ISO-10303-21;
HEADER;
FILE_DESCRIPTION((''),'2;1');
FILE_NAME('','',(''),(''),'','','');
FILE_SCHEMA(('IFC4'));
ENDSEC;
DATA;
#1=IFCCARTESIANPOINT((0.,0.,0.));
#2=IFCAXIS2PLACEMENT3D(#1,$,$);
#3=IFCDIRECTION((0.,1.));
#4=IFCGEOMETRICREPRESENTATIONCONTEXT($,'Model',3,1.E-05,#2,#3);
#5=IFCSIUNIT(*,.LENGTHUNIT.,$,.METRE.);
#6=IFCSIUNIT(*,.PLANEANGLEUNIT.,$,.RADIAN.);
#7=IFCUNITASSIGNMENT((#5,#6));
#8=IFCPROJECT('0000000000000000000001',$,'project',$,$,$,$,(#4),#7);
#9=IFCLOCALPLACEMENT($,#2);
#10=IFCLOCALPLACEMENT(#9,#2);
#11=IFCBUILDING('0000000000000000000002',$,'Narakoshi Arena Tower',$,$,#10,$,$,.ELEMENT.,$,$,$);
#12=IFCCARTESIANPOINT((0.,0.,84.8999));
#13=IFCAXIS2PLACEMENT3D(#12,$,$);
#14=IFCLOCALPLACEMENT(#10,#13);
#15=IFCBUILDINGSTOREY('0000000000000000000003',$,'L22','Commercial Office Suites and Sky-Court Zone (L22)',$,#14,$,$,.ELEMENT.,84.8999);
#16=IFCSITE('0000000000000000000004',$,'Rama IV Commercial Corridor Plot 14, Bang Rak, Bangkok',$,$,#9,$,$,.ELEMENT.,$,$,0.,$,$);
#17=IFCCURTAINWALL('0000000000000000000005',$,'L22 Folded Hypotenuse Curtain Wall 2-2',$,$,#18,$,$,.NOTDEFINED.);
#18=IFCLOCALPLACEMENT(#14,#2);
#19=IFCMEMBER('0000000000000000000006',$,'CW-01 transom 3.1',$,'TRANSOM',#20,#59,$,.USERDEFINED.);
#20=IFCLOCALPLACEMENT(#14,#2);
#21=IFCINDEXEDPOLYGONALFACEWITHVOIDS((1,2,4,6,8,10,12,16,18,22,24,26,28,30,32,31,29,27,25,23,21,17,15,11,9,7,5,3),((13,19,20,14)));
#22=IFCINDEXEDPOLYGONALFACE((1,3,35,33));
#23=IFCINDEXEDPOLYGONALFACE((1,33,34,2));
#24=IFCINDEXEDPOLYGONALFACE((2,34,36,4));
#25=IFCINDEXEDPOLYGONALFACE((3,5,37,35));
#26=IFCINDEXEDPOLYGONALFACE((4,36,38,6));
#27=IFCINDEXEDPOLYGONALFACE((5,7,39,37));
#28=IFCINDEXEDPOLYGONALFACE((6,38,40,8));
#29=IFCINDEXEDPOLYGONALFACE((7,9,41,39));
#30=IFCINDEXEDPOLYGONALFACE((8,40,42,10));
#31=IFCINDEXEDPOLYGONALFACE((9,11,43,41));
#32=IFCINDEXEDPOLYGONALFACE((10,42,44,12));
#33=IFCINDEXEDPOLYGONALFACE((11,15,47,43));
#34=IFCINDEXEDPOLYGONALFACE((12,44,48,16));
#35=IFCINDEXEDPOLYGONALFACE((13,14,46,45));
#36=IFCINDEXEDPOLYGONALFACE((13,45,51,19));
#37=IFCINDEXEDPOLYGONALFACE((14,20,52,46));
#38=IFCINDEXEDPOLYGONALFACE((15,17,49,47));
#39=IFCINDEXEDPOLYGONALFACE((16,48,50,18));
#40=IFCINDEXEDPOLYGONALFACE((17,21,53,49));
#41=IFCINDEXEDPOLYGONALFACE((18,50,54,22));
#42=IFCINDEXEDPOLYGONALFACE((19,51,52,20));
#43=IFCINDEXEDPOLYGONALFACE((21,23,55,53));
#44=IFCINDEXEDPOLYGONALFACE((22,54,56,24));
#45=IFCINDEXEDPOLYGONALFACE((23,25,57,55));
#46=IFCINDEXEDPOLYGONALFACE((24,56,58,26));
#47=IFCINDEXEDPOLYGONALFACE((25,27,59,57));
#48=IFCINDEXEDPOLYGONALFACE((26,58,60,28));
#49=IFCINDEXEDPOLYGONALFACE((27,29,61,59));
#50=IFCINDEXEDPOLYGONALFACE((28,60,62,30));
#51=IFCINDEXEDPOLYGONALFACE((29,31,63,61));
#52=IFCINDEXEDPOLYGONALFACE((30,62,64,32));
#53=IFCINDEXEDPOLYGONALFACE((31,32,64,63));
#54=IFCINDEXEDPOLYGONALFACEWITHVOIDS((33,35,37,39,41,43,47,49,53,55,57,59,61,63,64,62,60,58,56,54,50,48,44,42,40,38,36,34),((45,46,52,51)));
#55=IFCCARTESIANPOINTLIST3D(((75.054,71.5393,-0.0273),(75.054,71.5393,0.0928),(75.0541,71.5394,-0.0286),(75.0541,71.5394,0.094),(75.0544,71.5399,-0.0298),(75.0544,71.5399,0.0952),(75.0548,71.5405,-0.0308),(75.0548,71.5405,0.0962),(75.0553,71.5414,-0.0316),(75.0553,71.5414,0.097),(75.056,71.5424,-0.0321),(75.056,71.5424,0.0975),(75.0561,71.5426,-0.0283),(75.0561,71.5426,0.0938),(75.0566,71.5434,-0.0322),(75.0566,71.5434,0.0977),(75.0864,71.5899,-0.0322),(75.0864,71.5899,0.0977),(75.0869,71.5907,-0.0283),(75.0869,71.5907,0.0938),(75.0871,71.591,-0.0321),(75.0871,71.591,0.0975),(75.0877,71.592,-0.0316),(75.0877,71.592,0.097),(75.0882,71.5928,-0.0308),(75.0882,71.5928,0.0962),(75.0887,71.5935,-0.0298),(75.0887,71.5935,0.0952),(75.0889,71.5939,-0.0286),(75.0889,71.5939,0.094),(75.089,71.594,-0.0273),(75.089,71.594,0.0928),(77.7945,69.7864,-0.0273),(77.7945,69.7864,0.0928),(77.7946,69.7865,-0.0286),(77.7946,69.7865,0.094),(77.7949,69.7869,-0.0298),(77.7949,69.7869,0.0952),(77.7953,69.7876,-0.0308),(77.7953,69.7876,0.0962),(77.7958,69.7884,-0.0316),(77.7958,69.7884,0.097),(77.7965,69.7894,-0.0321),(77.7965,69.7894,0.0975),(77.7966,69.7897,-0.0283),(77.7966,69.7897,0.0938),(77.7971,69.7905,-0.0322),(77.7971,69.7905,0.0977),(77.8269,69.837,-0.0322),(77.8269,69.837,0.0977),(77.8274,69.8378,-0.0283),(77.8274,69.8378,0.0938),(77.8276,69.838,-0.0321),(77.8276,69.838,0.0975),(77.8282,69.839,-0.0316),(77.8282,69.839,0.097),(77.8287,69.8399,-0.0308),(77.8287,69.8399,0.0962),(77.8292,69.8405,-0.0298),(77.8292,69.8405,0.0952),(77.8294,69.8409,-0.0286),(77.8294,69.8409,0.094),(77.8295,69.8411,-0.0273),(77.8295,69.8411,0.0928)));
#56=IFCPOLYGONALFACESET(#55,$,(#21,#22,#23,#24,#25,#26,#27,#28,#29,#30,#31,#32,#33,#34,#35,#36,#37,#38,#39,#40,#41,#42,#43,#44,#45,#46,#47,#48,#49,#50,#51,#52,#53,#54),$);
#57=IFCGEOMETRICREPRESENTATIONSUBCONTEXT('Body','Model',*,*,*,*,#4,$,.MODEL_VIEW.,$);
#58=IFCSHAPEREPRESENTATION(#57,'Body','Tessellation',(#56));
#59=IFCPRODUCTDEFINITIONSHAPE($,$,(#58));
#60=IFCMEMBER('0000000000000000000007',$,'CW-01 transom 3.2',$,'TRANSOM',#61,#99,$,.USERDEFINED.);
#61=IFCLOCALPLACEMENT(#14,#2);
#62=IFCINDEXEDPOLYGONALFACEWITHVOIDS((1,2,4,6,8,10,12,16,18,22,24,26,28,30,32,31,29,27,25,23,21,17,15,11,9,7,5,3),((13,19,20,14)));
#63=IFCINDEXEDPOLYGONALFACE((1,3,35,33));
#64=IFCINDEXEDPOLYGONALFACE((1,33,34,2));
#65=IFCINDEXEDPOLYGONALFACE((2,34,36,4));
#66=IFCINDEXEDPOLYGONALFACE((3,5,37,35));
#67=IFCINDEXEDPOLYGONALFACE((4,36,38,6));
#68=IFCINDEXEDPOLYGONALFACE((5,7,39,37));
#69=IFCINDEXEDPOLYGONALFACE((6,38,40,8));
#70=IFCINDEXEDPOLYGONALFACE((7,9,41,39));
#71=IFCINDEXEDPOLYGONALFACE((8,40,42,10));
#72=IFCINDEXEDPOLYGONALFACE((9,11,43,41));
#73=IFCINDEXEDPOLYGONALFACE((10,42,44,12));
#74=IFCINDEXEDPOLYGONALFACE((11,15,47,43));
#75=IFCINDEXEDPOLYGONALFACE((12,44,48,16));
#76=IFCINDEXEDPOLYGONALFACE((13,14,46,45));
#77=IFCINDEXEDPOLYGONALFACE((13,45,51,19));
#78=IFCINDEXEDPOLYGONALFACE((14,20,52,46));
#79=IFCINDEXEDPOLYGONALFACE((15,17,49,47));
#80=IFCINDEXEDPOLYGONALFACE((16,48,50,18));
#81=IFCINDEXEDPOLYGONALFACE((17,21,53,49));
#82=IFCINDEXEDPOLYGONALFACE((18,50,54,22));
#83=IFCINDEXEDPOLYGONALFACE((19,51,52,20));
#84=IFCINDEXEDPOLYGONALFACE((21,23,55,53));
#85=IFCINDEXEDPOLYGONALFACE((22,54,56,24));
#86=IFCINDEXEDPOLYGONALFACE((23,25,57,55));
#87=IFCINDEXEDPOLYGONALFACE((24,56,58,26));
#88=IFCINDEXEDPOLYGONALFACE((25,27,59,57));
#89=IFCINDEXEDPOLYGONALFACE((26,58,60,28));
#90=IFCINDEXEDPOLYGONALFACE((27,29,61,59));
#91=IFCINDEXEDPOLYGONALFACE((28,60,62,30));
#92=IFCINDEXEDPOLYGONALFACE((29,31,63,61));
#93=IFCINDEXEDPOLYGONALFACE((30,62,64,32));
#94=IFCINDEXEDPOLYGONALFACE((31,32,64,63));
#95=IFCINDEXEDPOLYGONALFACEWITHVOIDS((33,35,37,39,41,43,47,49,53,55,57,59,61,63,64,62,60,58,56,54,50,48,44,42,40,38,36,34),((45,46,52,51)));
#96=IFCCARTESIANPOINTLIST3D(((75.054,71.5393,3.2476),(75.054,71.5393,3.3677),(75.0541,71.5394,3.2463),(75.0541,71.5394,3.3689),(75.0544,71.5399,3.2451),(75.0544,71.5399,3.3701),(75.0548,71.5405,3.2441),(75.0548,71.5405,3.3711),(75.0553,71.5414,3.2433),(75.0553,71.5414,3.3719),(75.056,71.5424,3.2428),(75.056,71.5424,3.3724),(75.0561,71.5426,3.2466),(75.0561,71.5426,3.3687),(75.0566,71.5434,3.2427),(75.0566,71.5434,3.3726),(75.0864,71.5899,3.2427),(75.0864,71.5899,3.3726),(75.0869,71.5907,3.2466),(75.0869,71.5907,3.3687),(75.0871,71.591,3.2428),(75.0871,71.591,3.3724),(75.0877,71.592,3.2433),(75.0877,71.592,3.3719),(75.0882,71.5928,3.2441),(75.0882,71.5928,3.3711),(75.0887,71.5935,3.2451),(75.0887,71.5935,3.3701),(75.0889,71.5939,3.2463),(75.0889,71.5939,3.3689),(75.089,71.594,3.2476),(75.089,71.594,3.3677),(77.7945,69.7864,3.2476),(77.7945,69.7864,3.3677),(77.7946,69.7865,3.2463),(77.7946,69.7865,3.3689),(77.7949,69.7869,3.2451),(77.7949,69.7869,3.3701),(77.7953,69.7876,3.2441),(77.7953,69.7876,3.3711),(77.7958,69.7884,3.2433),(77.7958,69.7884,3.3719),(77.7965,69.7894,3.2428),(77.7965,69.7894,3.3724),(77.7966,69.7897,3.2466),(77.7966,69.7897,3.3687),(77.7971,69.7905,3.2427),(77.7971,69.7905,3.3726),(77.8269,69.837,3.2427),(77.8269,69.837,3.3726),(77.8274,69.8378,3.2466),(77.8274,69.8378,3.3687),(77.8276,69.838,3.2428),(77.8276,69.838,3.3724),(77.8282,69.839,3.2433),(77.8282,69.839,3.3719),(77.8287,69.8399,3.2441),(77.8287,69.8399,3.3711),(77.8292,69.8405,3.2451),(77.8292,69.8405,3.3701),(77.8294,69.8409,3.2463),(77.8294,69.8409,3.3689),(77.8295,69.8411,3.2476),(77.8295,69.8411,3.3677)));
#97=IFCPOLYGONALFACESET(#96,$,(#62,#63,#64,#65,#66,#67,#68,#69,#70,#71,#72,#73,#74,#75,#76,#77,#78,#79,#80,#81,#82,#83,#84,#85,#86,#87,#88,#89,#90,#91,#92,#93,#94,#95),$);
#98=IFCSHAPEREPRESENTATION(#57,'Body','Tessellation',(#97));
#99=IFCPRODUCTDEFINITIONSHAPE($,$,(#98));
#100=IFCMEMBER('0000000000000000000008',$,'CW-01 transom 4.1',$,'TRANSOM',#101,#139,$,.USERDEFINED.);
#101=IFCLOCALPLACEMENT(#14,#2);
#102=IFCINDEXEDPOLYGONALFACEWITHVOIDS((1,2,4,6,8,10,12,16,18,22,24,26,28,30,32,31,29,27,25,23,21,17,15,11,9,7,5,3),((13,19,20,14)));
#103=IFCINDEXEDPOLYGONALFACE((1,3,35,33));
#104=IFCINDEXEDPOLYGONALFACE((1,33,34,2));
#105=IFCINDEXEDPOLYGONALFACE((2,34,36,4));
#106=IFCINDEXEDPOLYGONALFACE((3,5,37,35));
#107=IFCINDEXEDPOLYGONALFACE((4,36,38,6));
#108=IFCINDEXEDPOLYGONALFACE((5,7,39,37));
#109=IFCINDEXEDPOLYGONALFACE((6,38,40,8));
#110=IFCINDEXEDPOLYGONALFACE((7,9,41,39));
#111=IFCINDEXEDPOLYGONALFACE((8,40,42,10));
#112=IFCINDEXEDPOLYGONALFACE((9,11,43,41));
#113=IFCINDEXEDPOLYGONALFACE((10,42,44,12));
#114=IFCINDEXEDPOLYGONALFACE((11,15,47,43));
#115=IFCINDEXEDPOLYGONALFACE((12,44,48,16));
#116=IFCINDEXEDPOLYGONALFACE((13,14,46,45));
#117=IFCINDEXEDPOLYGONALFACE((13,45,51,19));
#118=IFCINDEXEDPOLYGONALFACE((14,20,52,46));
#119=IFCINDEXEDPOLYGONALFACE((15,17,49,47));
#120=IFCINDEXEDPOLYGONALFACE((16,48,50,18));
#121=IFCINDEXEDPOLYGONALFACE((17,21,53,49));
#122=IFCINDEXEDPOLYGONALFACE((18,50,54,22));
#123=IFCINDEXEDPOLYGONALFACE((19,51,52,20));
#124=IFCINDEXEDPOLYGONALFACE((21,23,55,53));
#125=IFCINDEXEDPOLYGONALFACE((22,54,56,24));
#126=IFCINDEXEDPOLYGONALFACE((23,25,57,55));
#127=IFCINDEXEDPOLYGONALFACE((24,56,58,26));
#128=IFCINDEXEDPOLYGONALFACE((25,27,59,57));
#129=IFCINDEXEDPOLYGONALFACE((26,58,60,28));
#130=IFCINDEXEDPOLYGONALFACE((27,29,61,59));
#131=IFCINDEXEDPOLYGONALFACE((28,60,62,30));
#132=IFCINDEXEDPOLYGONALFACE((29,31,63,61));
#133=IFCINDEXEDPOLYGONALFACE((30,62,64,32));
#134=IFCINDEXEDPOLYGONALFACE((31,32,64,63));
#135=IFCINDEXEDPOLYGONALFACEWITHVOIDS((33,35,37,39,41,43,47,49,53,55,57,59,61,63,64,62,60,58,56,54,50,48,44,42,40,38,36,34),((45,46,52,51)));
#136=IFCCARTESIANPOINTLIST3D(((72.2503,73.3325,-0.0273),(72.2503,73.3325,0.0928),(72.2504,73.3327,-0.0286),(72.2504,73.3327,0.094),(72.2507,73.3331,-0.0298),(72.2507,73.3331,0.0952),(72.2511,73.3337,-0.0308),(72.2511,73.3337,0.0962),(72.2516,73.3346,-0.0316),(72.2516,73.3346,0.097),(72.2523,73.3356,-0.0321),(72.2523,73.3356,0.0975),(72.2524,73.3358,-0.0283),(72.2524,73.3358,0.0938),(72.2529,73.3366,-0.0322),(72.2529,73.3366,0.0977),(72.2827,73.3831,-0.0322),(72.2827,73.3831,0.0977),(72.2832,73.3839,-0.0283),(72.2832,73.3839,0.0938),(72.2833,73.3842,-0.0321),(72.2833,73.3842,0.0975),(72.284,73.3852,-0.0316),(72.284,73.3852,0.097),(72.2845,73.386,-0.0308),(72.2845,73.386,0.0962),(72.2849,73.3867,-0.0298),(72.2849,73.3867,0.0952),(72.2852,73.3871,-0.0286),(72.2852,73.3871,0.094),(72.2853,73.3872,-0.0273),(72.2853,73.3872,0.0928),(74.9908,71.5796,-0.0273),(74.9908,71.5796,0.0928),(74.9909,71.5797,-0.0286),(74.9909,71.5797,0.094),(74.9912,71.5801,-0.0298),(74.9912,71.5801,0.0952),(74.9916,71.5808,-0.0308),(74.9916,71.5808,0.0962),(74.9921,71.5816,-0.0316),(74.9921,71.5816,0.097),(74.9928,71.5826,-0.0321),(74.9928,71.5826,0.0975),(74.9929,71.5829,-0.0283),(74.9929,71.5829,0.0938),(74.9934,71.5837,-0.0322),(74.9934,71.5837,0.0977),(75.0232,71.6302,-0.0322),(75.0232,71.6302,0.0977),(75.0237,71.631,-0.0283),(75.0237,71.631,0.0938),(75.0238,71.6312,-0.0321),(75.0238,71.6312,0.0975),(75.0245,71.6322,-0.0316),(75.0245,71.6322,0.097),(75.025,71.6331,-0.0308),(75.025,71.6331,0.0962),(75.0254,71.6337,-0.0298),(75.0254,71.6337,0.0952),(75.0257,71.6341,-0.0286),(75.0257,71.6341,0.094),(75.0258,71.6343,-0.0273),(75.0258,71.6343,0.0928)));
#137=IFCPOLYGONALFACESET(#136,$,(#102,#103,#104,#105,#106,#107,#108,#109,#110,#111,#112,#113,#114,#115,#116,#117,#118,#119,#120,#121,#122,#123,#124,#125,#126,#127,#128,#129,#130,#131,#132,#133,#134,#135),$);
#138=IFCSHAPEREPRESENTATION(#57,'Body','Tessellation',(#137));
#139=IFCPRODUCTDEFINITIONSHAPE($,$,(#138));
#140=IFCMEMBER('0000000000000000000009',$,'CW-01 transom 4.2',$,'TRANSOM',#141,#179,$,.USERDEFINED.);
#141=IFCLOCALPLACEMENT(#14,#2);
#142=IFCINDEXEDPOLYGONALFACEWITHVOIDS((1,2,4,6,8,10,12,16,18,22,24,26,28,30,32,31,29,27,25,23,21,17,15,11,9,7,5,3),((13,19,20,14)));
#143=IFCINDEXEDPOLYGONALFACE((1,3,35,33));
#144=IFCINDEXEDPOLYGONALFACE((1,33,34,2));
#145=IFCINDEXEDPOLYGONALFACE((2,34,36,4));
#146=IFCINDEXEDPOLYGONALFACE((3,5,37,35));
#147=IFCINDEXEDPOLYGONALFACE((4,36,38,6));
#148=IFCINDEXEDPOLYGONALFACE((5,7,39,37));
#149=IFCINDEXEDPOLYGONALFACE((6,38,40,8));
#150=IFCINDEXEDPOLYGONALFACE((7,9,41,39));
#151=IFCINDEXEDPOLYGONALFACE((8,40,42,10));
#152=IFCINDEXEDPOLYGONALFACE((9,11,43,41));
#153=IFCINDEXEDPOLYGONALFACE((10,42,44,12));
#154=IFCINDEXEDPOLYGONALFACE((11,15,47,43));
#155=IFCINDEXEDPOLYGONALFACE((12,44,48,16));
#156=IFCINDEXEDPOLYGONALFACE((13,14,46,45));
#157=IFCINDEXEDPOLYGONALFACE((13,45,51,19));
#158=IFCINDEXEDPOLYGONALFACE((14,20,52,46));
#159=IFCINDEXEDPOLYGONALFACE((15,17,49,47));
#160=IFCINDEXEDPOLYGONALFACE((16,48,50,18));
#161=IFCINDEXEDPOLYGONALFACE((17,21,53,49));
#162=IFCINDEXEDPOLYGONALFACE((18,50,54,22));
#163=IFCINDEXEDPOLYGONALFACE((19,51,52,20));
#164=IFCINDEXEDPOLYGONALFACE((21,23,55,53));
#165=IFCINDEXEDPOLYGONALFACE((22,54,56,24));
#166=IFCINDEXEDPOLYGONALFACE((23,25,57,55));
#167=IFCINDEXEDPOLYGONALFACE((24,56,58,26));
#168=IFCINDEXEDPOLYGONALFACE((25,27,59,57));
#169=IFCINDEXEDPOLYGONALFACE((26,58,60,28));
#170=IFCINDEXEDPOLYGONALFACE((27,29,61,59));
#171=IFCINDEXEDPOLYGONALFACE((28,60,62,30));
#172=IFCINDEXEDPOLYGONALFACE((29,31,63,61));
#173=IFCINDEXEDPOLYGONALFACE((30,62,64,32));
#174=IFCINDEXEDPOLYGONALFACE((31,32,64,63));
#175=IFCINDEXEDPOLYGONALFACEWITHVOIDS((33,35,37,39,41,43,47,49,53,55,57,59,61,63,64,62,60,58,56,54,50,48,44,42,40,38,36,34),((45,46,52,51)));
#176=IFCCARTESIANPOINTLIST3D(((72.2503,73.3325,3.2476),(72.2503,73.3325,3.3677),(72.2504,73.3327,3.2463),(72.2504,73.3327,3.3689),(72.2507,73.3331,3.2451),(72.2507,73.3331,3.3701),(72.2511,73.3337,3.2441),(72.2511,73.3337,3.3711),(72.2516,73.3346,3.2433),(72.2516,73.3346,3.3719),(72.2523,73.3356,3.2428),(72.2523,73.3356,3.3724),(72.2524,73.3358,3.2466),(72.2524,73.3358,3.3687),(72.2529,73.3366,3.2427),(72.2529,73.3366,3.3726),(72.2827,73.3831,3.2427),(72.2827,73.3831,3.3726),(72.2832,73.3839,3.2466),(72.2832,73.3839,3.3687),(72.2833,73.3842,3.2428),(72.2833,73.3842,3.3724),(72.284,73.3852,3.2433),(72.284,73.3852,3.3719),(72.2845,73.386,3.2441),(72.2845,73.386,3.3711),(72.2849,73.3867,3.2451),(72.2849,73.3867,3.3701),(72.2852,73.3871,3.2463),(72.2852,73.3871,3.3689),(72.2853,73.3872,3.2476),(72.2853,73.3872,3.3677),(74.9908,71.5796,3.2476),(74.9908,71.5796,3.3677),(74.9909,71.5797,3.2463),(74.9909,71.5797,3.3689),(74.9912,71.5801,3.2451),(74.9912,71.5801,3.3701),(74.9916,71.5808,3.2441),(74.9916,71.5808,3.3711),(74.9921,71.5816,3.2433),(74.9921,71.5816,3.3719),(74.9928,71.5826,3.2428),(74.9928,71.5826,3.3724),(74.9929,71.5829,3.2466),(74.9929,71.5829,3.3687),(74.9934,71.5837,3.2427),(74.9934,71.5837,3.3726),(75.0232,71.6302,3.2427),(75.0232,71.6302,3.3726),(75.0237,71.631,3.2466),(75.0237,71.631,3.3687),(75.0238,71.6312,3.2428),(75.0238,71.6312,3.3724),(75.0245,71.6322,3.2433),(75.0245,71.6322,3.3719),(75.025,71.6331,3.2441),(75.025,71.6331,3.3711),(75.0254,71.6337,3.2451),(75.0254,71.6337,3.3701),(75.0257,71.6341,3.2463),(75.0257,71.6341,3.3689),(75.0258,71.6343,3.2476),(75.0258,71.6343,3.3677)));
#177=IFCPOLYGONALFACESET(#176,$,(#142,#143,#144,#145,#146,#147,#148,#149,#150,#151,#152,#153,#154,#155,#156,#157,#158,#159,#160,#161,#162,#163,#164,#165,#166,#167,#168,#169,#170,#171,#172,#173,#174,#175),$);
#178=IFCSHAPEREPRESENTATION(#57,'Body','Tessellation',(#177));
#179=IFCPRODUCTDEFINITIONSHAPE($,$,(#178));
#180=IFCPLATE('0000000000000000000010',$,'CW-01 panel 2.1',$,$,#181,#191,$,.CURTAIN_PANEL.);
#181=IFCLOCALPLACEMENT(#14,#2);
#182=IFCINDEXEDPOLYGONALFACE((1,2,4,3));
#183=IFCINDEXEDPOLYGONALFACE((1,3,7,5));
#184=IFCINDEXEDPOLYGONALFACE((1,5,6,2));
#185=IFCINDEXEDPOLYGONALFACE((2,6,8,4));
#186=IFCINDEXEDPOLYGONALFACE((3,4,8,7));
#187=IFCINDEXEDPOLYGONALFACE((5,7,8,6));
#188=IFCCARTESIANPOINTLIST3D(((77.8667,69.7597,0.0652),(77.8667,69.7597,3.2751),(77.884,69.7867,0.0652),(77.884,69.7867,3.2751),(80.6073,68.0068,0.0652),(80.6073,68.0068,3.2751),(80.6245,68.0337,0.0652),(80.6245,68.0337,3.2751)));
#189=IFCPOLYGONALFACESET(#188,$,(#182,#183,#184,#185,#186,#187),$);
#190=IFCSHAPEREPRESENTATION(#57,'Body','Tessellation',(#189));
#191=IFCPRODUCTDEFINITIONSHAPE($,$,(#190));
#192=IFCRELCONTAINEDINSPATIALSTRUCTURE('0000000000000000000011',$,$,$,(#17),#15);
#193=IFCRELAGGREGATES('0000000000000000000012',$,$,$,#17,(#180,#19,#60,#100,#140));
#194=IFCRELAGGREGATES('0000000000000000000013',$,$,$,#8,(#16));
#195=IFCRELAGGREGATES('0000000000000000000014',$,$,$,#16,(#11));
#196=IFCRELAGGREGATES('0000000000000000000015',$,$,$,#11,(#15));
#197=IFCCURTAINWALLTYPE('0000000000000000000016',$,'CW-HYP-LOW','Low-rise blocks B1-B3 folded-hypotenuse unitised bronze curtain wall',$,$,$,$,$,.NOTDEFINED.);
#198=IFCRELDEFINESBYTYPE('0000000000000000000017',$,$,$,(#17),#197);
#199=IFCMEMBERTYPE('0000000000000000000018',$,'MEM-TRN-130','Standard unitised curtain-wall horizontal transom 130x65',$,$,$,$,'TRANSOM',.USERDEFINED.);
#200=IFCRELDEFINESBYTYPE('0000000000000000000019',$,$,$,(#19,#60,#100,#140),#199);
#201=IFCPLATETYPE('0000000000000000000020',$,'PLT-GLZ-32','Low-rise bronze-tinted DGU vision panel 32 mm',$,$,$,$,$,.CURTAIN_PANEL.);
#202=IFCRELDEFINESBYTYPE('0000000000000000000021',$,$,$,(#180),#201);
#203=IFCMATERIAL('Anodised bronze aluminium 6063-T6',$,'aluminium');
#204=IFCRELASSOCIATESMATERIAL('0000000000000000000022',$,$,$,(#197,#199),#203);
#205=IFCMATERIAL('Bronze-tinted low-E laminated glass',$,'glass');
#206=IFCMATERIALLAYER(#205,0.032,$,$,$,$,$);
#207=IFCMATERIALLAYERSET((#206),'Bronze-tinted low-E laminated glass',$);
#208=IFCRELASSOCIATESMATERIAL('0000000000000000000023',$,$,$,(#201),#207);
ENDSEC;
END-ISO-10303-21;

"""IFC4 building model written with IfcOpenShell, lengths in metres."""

from ifc_helpers import new_model, si_unit, direction, frame, origin, origin_2d, place, context, subcontext, project, spatial, rectangle, hollow_rectangle, extrude, material, layer, layer_set, material_profile, profile_set, type_object, element, aggregate, save


model = new_model("IFC4")

# Units and contexts
model_context = context("Model", 3, precision=1e-05, world=origin(), true_north=direction((0.0, 1.0)))
body_context = subcontext(model_context, "Body", "Model", "MODEL_VIEW")
ifc_project = project(units=[si_unit("LENGTHUNIT", "METRE"), si_unit("PLANEANGLEUNIT", "RADIAN")], contexts=[model_context])

# Site, building, storey
site_placement = place(None, origin())
site = spatial("IfcSite", under=ifc_project, at=site_placement, Name="Rama IV Commercial Corridor Plot 14, Bang Rak, Bangkok", CompositionType="ELEMENT", RefElevation=0.0)
building_placement = place(site_placement, origin())
building = spatial("IfcBuilding", under=site, at=building_placement, Name="Narakoshi Arena Tower", CompositionType="ELEMENT")
storey_placement = place(building_placement, frame((0.0, 0.0, 84.8999)))
storey = spatial("IfcBuildingStorey", under=building, at=storey_placement, Name="L22", Description="Commercial Office Suites and Sky-Court Zone (L22)", CompositionType="ELEMENT", Elevation=84.8999)

# Curtain wall, members, plate
ifc_material_1 = material(Name="Anodised bronze aluminium 6063-T6", Category="aluminium")
curtain_wall_type = type_object("IfcCurtainWallType", Name="CW-HYP-LOW", Description="Low-rise blocks B1-B3 folded-hypotenuse unitised bronze curtain wall", PredefinedType="NOTDEFINED", material=ifc_material_1)
curtain_wall_placement = place(storey_placement, origin())
curtain_wall = element("IfcCurtainWall", 1, at=curtain_wall_placement, inside=storey, type_object=curtain_wall_type, Name="L22 Folded Hypotenuse Curtain Wall 2-2", PredefinedType="NOTDEFINED")
ifc_material_profile_1 = material_profile(ifc_material_1, hollow_rectangle(XDim=0.0649, YDim=0.1299, WallThickness=0.0039, OuterFilletRadius=0.0049, at=origin_2d()), Name="TRN130x65x4")
ifc_profile_set_1 = profile_set([ifc_material_profile_1], Name="Anodised bronze aluminium 6063-T6")
member_type_1 = type_object("IfcMemberType", Name="MEM-TRN-130", Description="Standard unitised curtain-wall horizontal transom 130x65", ElementType="TRANSOM", PredefinedType="USERDEFINED", material=ifc_profile_set_1)
member_1_placement = place(storey_placement, frame((77.812, 69.8137, 0.0327), z_axis=(-0.842408, 0.538841, 0.0), x_axis=(-0.538841, -0.842408, 0.0)))
member_1 = element("IfcMember", 2, at=member_1_placement, type_object=member_type_1, Name="CW-01 transom 3.1", ObjectType="TRANSOM", PredefinedType="USERDEFINED", context=body_context, shape_type="SweptSolid", body=[
    extrude(hollow_rectangle(XDim=0.0649, YDim=0.1299, WallThickness=0.0039, OuterFilletRadius=0.0049, at=origin_2d()), origin(), (0.0, 0.0, 1.0), 3.2532),
])
member_2_placement = place(storey_placement, frame((77.812, 69.8137, 3.3076), z_axis=(-0.842408, 0.538841, 0.0), x_axis=(-0.538841, -0.842408, 0.0)))
member_2 = element("IfcMember", 3, at=member_2_placement, type_object=member_type_1, Name="CW-01 transom 3.2", ObjectType="TRANSOM", PredefinedType="USERDEFINED", context=body_context, shape_type="SweptSolid", body=[
    extrude(hollow_rectangle(XDim=0.0649, YDim=0.1299, WallThickness=0.0039, OuterFilletRadius=0.0049, at=origin_2d()), origin(), (0.0, 0.0, 1.0), 3.2532),
])
member_3_placement = place(storey_placement, frame((75.0083, 71.6069, 0.0327), z_axis=(-0.842408, 0.538841, 0.0), x_axis=(-0.538841, -0.842408, 0.0)))
member_3 = element("IfcMember", 4, at=member_3_placement, type_object=member_type_1, Name="CW-01 transom 4.1", ObjectType="TRANSOM", PredefinedType="USERDEFINED", context=body_context, shape_type="SweptSolid", body=[
    extrude(hollow_rectangle(XDim=0.0649, YDim=0.1299, WallThickness=0.0039, OuterFilletRadius=0.0049, at=origin_2d()), origin(), (0.0, 0.0, 1.0), 3.2532),
])
member_4_placement = place(storey_placement, frame((75.0083, 71.6069, 3.3076), z_axis=(-0.842408, 0.538841, 0.0), x_axis=(-0.538841, -0.842408, 0.0)))
member_4 = element("IfcMember", 5, at=member_4_placement, type_object=member_type_1, Name="CW-01 transom 4.2", ObjectType="TRANSOM", PredefinedType="USERDEFINED", context=body_context, shape_type="SweptSolid", body=[
    extrude(hollow_rectangle(XDim=0.0649, YDim=0.1299, WallThickness=0.0039, OuterFilletRadius=0.0049, at=origin_2d()), origin(), (0.0, 0.0, 1.0), 3.2532),
])
ifc_material_2 = material(Name="Bronze-tinted low-E laminated glass", Category="glass")
ifc_layer_1 = layer(ifc_material_2, 0.032)
ifc_layer_set_1 = layer_set([ifc_layer_1], Name="Bronze-tinted low-E laminated glass")
plate_type = type_object("IfcPlateType", Name="PLT-GLZ-32", Description="Low-rise bronze-tinted DGU vision panel 32 mm", PredefinedType="CURTAIN_PANEL", material=ifc_layer_set_1)
plate_1_placement = place(storey_placement, frame((79.2456, 68.8967, 0.0652), z_axis=(0.0, 0.0, 1.0), x_axis=(-0.842415, 0.538829, 0.0)))
plate_1 = element("IfcPlate", 6, at=plate_1_placement, type_object=plate_type, Name="CW-01 panel 2.1", PredefinedType="CURTAIN_PANEL", context=body_context, shape_type="SweptSolid", body=[
    extrude(rectangle(XDim=3.2532, YDim=0.032, at=origin_2d()), origin(), (0.0, 0.0, 1.0), 3.21),
])
aggregate(curtain_wall, [plate_1, member_1, member_2, member_3, member_4])

save(model, "model.ifc")
